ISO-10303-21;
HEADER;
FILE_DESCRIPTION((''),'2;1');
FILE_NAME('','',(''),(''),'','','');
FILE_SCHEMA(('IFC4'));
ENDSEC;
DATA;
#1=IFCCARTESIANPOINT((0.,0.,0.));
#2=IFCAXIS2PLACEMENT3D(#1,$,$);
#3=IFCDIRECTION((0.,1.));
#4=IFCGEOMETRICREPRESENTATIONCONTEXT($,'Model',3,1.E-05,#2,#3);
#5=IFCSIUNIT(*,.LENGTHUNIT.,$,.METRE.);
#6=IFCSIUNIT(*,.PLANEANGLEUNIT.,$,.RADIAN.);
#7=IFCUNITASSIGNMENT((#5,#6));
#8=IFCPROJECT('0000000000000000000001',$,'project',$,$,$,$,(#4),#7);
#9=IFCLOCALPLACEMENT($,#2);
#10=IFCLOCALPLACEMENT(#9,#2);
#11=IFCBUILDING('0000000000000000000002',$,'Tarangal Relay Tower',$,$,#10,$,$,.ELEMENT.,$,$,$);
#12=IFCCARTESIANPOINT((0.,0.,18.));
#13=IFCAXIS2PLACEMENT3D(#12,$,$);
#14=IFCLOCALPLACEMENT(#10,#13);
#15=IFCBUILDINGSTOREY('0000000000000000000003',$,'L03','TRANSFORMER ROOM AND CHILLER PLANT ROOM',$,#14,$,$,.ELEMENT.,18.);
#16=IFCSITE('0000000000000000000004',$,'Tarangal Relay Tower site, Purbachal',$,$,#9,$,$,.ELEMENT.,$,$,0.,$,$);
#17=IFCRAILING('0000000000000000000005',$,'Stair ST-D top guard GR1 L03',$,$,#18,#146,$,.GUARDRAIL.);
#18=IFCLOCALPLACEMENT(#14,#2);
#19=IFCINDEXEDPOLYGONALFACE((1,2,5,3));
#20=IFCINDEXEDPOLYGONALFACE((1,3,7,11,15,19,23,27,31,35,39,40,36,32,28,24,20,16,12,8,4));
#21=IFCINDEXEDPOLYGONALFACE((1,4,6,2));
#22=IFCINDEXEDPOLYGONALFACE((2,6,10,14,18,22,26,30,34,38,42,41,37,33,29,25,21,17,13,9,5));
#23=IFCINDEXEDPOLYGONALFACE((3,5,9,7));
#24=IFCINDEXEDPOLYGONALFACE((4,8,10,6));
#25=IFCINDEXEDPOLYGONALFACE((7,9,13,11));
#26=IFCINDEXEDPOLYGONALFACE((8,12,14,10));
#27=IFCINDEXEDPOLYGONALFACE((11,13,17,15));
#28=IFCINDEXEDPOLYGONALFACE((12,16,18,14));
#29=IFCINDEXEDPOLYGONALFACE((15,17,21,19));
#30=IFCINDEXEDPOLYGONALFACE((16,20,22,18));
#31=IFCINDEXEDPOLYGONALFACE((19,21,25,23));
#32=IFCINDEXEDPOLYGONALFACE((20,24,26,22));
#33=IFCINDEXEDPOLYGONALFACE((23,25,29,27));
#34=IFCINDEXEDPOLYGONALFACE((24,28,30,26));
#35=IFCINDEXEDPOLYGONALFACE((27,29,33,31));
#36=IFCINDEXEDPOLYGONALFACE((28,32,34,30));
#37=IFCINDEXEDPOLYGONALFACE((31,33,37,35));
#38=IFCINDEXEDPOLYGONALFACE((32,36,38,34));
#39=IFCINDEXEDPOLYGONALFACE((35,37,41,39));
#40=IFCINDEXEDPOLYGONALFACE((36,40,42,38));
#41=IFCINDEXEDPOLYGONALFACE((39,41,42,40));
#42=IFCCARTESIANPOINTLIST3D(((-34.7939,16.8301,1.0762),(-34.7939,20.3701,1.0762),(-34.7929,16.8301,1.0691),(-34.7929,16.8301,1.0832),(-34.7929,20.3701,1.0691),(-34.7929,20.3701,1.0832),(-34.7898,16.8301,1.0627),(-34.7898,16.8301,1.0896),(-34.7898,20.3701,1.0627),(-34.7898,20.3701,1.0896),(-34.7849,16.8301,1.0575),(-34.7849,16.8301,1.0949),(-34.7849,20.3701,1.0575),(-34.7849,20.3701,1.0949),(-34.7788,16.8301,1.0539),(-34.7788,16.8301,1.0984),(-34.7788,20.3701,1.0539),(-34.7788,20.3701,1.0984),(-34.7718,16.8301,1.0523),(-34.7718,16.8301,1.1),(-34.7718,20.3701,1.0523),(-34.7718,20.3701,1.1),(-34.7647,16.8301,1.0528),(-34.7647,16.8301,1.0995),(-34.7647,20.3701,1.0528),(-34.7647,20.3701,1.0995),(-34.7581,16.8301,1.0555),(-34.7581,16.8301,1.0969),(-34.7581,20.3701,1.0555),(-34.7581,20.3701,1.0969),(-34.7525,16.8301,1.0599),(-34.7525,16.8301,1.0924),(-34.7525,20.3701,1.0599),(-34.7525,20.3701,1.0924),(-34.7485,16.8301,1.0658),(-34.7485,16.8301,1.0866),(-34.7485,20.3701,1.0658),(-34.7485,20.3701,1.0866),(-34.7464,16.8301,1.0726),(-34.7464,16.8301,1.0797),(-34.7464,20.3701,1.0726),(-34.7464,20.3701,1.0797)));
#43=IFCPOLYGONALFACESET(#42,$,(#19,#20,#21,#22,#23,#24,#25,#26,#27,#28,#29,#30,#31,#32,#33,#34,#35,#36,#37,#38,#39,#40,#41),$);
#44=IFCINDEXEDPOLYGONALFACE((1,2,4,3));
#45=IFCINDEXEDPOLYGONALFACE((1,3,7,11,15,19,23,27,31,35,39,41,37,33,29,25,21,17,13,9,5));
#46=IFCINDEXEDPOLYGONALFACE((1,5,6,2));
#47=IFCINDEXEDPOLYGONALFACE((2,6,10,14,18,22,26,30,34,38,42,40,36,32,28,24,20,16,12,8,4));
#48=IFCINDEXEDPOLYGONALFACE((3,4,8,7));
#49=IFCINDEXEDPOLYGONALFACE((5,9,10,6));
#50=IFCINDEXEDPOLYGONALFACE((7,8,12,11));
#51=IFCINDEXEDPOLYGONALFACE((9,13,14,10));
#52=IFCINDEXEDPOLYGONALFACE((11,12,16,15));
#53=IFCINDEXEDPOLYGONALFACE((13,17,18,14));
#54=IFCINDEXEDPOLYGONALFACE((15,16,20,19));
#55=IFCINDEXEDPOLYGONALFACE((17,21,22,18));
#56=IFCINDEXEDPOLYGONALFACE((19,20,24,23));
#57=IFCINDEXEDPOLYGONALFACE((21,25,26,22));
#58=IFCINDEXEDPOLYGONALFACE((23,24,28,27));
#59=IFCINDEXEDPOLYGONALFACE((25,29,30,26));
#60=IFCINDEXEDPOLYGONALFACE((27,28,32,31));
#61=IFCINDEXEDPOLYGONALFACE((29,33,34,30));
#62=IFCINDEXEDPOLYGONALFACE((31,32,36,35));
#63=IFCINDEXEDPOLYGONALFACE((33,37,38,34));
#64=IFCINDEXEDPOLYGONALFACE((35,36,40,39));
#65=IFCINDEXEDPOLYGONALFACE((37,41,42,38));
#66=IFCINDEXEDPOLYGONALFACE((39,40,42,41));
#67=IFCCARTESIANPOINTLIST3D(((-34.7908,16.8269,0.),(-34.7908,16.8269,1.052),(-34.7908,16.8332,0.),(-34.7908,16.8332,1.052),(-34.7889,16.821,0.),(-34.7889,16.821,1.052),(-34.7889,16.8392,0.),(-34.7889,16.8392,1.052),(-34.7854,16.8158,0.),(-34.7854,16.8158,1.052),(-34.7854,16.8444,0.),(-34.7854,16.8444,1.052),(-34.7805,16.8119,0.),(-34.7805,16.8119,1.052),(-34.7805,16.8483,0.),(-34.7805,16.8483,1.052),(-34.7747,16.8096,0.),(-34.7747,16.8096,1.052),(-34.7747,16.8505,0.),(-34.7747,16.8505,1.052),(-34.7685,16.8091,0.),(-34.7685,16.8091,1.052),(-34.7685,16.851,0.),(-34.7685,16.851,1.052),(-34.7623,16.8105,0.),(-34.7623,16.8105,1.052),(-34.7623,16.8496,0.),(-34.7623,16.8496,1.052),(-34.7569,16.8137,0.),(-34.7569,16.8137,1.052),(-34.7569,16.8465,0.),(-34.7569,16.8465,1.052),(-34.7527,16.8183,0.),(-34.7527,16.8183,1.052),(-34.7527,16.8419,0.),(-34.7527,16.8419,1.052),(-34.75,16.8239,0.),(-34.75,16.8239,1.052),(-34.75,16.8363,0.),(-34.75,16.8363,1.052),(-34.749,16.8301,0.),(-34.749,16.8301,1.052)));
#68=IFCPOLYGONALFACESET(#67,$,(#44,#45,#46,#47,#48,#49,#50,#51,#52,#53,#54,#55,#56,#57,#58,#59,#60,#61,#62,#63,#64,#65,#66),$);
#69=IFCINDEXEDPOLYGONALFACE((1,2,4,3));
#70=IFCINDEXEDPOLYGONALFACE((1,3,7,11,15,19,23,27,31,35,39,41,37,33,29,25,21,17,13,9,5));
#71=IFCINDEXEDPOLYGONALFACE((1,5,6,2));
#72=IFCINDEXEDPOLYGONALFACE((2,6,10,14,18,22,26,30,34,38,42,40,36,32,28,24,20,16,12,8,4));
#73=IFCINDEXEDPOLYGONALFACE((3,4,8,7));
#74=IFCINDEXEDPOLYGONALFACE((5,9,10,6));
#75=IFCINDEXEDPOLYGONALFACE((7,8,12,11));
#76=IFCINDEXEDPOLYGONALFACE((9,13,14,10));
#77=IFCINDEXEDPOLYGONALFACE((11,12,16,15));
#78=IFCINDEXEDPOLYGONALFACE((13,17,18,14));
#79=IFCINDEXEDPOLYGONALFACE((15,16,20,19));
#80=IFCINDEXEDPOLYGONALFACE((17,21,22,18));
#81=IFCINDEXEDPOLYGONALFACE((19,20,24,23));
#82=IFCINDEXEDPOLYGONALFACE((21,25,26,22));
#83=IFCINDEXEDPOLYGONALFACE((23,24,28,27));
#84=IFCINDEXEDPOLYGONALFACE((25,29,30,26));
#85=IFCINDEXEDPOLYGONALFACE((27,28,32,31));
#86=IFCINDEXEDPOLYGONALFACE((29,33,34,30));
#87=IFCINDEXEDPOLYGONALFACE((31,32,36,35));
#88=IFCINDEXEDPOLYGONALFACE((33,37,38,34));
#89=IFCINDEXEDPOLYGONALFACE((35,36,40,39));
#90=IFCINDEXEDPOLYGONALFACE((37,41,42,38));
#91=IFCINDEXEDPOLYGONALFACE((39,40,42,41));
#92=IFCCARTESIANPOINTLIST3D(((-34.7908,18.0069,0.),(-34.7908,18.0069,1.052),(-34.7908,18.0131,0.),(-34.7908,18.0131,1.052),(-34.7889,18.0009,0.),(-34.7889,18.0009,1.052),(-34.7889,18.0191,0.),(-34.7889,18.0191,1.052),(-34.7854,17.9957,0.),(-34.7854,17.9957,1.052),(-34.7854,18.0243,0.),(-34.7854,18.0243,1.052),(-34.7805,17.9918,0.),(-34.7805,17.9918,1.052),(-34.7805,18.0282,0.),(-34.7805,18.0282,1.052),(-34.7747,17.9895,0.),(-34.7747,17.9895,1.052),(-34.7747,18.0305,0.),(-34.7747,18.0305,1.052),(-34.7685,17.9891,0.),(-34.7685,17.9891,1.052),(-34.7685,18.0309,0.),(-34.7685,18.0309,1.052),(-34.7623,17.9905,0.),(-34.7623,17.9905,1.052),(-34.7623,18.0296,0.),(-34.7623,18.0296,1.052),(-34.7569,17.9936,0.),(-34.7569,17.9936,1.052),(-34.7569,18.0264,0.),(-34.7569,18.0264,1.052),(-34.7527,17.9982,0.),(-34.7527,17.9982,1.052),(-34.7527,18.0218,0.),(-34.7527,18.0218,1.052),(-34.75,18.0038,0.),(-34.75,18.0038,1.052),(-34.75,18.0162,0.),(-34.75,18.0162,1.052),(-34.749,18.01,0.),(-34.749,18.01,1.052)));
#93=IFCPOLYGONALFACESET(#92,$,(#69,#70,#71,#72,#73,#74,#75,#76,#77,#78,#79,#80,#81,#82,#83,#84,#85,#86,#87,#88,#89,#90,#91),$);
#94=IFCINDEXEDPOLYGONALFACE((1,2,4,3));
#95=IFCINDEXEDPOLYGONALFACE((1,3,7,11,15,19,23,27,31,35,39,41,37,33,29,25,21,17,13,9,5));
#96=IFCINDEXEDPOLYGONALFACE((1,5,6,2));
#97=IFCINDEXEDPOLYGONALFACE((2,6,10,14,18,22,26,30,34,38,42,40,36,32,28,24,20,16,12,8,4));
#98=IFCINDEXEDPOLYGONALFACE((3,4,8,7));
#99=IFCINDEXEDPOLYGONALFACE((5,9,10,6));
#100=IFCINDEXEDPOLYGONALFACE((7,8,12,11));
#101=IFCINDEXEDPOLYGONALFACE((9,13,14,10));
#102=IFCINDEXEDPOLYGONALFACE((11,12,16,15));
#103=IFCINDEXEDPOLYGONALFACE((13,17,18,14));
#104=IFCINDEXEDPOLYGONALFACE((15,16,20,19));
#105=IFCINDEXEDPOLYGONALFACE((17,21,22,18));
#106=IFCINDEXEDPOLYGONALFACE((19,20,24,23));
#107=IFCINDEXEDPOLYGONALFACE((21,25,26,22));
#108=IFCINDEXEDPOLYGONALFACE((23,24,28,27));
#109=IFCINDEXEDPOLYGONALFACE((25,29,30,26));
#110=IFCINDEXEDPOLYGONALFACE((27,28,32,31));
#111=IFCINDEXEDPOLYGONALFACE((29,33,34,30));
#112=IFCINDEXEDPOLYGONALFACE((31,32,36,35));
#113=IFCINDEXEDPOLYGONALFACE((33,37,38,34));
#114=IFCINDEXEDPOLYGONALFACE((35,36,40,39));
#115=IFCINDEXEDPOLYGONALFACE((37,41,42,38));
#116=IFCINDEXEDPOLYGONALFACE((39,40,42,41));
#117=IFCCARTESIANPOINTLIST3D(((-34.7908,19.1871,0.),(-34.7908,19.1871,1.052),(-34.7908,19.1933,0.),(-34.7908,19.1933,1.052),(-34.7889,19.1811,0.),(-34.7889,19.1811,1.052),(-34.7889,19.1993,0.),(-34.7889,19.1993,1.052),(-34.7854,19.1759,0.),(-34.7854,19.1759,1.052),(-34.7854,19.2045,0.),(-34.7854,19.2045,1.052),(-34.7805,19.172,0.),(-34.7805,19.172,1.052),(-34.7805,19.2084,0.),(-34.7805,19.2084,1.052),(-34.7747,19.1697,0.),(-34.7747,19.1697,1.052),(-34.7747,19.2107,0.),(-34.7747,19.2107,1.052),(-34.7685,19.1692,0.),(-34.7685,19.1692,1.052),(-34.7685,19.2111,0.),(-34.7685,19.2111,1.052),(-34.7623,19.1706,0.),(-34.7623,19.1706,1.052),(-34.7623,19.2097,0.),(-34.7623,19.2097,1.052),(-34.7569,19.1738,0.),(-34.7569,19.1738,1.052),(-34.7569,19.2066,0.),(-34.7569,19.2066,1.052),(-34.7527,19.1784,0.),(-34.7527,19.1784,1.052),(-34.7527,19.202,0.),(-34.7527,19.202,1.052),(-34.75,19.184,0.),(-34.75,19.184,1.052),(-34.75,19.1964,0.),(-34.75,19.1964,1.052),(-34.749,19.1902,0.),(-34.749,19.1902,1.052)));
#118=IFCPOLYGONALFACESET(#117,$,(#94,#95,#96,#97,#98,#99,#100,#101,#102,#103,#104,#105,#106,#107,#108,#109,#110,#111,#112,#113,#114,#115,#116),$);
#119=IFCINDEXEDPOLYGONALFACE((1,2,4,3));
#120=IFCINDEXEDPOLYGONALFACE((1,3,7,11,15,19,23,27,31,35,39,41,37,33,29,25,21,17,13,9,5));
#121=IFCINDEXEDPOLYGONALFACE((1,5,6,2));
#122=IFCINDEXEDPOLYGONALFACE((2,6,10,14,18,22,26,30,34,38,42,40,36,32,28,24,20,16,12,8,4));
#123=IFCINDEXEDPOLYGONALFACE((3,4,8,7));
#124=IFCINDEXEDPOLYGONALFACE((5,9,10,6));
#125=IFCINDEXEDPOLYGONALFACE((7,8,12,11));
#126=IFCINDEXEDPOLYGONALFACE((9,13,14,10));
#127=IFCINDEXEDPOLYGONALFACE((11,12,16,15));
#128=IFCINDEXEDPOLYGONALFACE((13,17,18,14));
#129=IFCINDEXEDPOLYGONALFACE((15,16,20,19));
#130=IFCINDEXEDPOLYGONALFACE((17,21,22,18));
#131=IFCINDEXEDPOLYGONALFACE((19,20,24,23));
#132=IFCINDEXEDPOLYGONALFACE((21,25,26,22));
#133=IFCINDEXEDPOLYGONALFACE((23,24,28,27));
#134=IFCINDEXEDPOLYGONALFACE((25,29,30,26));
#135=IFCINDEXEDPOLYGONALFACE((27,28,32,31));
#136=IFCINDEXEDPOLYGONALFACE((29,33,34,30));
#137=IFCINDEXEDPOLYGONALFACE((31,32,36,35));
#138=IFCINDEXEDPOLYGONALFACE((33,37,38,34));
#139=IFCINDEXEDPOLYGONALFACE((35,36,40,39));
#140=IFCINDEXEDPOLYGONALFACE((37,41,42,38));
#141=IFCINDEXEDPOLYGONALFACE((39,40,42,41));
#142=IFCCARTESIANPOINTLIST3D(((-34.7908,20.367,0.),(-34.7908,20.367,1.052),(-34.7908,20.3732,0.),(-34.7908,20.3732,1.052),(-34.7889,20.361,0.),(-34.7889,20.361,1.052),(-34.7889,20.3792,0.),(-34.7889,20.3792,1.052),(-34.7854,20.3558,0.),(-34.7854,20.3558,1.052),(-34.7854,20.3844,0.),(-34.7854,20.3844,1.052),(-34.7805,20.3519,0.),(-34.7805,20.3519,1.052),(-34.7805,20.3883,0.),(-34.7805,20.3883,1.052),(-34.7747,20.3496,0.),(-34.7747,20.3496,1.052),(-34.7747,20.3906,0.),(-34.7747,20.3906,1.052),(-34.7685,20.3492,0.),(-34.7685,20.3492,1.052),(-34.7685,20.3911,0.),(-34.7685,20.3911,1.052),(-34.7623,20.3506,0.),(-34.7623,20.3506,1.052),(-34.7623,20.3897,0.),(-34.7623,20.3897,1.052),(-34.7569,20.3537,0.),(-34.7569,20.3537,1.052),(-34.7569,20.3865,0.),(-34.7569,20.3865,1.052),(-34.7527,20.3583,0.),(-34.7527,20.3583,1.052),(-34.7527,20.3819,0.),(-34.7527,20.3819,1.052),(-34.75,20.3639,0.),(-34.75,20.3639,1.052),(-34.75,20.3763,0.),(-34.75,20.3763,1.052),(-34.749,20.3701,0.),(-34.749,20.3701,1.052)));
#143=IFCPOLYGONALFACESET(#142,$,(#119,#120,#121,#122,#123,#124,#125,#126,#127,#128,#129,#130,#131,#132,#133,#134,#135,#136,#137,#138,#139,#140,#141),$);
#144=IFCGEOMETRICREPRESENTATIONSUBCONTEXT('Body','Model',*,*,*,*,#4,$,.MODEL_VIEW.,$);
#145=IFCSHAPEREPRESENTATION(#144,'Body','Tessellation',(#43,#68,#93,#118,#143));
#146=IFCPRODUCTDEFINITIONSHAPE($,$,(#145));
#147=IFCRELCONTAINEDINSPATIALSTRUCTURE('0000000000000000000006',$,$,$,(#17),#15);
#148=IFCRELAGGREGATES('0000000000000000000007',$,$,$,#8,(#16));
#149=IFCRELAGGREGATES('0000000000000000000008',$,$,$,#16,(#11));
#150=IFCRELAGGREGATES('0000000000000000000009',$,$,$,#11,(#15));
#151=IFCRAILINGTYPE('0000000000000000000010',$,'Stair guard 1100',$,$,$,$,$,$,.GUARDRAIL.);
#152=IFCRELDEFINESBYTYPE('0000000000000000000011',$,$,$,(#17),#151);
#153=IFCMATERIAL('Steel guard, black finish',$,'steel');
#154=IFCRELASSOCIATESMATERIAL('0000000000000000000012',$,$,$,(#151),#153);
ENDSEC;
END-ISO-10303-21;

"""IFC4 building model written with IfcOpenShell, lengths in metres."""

from ifc_helpers import new_model, si_unit, direction, frame, origin, origin_2d, place, context, subcontext, project, spatial, circle, extrude, material, type_object, element, save


model = new_model("IFC4")

# Units and contexts
model_context = context("Model", 3, precision=1e-05, world=origin(), true_north=direction((0.0, 1.0)))
body_context = subcontext(model_context, "Body", "Model", "MODEL_VIEW")
ifc_project = project(units=[si_unit("LENGTHUNIT", "METRE"), si_unit("PLANEANGLEUNIT", "RADIAN")], contexts=[model_context])

# Site, building, storey
site_placement = place(None, origin())
site = spatial("IfcSite", under=ifc_project, at=site_placement, Name="Tarangal Relay Tower site, Purbachal", CompositionType="ELEMENT", RefElevation=0.0)
building_placement = place(site_placement, origin())
building = spatial("IfcBuilding", under=site, at=building_placement, Name="Tarangal Relay Tower", CompositionType="ELEMENT")
storey_placement = place(building_placement, frame((0.0, 0.0, 18.0)))
storey = spatial("IfcBuildingStorey", under=building, at=storey_placement, Name="L03", Description="TRANSFORMER ROOM AND CHILLER PLANT ROOM", CompositionType="ELEMENT", Elevation=18.0)

# Railing
ifc_material_1 = material(Name="Steel guard, black finish", Category="steel")
railing_type = type_object("IfcRailingType", Name="Stair guard 1100", PredefinedType="GUARDRAIL", material=ifc_material_1)
railing_placement = place(storey_placement, frame((-34.77, 16.8301, 0.0)))
element("IfcRailing", 1, at=railing_placement, inside=storey, type_object=railing_type, Name="Stair ST-D top guard GR1 L03", PredefinedType="GUARDRAIL", context=body_context, shape_type="SweptSolid", body=[
    extrude(circle(Radius=0.0239, at=origin_2d()), frame((0.0, 0.0, 1.0762), z_axis=(0.0, 1.0, 0.0), x_axis=(-1.0, 0.0, 0.0)), (0.0, 0.0, 1.0), 3.54),
    extrude(circle(Radius=0.021, at=origin_2d()), origin(), (0.0, 0.0, 1.0), 1.052),
    extrude(circle(Radius=0.021, at=origin_2d()), frame((0.0, 1.1799, 0.0)), (0.0, 0.0, 1.0), 1.052),
    extrude(circle(Radius=0.021, at=origin_2d()), frame((0.0, 2.3601, 0.0)), (0.0, 0.0, 1.0), 1.052),
    extrude(circle(Radius=0.021, at=origin_2d()), frame((0.0, 3.54, 0.0)), (0.0, 0.0, 1.0), 1.052),
])

save(model, "model.ifc")
